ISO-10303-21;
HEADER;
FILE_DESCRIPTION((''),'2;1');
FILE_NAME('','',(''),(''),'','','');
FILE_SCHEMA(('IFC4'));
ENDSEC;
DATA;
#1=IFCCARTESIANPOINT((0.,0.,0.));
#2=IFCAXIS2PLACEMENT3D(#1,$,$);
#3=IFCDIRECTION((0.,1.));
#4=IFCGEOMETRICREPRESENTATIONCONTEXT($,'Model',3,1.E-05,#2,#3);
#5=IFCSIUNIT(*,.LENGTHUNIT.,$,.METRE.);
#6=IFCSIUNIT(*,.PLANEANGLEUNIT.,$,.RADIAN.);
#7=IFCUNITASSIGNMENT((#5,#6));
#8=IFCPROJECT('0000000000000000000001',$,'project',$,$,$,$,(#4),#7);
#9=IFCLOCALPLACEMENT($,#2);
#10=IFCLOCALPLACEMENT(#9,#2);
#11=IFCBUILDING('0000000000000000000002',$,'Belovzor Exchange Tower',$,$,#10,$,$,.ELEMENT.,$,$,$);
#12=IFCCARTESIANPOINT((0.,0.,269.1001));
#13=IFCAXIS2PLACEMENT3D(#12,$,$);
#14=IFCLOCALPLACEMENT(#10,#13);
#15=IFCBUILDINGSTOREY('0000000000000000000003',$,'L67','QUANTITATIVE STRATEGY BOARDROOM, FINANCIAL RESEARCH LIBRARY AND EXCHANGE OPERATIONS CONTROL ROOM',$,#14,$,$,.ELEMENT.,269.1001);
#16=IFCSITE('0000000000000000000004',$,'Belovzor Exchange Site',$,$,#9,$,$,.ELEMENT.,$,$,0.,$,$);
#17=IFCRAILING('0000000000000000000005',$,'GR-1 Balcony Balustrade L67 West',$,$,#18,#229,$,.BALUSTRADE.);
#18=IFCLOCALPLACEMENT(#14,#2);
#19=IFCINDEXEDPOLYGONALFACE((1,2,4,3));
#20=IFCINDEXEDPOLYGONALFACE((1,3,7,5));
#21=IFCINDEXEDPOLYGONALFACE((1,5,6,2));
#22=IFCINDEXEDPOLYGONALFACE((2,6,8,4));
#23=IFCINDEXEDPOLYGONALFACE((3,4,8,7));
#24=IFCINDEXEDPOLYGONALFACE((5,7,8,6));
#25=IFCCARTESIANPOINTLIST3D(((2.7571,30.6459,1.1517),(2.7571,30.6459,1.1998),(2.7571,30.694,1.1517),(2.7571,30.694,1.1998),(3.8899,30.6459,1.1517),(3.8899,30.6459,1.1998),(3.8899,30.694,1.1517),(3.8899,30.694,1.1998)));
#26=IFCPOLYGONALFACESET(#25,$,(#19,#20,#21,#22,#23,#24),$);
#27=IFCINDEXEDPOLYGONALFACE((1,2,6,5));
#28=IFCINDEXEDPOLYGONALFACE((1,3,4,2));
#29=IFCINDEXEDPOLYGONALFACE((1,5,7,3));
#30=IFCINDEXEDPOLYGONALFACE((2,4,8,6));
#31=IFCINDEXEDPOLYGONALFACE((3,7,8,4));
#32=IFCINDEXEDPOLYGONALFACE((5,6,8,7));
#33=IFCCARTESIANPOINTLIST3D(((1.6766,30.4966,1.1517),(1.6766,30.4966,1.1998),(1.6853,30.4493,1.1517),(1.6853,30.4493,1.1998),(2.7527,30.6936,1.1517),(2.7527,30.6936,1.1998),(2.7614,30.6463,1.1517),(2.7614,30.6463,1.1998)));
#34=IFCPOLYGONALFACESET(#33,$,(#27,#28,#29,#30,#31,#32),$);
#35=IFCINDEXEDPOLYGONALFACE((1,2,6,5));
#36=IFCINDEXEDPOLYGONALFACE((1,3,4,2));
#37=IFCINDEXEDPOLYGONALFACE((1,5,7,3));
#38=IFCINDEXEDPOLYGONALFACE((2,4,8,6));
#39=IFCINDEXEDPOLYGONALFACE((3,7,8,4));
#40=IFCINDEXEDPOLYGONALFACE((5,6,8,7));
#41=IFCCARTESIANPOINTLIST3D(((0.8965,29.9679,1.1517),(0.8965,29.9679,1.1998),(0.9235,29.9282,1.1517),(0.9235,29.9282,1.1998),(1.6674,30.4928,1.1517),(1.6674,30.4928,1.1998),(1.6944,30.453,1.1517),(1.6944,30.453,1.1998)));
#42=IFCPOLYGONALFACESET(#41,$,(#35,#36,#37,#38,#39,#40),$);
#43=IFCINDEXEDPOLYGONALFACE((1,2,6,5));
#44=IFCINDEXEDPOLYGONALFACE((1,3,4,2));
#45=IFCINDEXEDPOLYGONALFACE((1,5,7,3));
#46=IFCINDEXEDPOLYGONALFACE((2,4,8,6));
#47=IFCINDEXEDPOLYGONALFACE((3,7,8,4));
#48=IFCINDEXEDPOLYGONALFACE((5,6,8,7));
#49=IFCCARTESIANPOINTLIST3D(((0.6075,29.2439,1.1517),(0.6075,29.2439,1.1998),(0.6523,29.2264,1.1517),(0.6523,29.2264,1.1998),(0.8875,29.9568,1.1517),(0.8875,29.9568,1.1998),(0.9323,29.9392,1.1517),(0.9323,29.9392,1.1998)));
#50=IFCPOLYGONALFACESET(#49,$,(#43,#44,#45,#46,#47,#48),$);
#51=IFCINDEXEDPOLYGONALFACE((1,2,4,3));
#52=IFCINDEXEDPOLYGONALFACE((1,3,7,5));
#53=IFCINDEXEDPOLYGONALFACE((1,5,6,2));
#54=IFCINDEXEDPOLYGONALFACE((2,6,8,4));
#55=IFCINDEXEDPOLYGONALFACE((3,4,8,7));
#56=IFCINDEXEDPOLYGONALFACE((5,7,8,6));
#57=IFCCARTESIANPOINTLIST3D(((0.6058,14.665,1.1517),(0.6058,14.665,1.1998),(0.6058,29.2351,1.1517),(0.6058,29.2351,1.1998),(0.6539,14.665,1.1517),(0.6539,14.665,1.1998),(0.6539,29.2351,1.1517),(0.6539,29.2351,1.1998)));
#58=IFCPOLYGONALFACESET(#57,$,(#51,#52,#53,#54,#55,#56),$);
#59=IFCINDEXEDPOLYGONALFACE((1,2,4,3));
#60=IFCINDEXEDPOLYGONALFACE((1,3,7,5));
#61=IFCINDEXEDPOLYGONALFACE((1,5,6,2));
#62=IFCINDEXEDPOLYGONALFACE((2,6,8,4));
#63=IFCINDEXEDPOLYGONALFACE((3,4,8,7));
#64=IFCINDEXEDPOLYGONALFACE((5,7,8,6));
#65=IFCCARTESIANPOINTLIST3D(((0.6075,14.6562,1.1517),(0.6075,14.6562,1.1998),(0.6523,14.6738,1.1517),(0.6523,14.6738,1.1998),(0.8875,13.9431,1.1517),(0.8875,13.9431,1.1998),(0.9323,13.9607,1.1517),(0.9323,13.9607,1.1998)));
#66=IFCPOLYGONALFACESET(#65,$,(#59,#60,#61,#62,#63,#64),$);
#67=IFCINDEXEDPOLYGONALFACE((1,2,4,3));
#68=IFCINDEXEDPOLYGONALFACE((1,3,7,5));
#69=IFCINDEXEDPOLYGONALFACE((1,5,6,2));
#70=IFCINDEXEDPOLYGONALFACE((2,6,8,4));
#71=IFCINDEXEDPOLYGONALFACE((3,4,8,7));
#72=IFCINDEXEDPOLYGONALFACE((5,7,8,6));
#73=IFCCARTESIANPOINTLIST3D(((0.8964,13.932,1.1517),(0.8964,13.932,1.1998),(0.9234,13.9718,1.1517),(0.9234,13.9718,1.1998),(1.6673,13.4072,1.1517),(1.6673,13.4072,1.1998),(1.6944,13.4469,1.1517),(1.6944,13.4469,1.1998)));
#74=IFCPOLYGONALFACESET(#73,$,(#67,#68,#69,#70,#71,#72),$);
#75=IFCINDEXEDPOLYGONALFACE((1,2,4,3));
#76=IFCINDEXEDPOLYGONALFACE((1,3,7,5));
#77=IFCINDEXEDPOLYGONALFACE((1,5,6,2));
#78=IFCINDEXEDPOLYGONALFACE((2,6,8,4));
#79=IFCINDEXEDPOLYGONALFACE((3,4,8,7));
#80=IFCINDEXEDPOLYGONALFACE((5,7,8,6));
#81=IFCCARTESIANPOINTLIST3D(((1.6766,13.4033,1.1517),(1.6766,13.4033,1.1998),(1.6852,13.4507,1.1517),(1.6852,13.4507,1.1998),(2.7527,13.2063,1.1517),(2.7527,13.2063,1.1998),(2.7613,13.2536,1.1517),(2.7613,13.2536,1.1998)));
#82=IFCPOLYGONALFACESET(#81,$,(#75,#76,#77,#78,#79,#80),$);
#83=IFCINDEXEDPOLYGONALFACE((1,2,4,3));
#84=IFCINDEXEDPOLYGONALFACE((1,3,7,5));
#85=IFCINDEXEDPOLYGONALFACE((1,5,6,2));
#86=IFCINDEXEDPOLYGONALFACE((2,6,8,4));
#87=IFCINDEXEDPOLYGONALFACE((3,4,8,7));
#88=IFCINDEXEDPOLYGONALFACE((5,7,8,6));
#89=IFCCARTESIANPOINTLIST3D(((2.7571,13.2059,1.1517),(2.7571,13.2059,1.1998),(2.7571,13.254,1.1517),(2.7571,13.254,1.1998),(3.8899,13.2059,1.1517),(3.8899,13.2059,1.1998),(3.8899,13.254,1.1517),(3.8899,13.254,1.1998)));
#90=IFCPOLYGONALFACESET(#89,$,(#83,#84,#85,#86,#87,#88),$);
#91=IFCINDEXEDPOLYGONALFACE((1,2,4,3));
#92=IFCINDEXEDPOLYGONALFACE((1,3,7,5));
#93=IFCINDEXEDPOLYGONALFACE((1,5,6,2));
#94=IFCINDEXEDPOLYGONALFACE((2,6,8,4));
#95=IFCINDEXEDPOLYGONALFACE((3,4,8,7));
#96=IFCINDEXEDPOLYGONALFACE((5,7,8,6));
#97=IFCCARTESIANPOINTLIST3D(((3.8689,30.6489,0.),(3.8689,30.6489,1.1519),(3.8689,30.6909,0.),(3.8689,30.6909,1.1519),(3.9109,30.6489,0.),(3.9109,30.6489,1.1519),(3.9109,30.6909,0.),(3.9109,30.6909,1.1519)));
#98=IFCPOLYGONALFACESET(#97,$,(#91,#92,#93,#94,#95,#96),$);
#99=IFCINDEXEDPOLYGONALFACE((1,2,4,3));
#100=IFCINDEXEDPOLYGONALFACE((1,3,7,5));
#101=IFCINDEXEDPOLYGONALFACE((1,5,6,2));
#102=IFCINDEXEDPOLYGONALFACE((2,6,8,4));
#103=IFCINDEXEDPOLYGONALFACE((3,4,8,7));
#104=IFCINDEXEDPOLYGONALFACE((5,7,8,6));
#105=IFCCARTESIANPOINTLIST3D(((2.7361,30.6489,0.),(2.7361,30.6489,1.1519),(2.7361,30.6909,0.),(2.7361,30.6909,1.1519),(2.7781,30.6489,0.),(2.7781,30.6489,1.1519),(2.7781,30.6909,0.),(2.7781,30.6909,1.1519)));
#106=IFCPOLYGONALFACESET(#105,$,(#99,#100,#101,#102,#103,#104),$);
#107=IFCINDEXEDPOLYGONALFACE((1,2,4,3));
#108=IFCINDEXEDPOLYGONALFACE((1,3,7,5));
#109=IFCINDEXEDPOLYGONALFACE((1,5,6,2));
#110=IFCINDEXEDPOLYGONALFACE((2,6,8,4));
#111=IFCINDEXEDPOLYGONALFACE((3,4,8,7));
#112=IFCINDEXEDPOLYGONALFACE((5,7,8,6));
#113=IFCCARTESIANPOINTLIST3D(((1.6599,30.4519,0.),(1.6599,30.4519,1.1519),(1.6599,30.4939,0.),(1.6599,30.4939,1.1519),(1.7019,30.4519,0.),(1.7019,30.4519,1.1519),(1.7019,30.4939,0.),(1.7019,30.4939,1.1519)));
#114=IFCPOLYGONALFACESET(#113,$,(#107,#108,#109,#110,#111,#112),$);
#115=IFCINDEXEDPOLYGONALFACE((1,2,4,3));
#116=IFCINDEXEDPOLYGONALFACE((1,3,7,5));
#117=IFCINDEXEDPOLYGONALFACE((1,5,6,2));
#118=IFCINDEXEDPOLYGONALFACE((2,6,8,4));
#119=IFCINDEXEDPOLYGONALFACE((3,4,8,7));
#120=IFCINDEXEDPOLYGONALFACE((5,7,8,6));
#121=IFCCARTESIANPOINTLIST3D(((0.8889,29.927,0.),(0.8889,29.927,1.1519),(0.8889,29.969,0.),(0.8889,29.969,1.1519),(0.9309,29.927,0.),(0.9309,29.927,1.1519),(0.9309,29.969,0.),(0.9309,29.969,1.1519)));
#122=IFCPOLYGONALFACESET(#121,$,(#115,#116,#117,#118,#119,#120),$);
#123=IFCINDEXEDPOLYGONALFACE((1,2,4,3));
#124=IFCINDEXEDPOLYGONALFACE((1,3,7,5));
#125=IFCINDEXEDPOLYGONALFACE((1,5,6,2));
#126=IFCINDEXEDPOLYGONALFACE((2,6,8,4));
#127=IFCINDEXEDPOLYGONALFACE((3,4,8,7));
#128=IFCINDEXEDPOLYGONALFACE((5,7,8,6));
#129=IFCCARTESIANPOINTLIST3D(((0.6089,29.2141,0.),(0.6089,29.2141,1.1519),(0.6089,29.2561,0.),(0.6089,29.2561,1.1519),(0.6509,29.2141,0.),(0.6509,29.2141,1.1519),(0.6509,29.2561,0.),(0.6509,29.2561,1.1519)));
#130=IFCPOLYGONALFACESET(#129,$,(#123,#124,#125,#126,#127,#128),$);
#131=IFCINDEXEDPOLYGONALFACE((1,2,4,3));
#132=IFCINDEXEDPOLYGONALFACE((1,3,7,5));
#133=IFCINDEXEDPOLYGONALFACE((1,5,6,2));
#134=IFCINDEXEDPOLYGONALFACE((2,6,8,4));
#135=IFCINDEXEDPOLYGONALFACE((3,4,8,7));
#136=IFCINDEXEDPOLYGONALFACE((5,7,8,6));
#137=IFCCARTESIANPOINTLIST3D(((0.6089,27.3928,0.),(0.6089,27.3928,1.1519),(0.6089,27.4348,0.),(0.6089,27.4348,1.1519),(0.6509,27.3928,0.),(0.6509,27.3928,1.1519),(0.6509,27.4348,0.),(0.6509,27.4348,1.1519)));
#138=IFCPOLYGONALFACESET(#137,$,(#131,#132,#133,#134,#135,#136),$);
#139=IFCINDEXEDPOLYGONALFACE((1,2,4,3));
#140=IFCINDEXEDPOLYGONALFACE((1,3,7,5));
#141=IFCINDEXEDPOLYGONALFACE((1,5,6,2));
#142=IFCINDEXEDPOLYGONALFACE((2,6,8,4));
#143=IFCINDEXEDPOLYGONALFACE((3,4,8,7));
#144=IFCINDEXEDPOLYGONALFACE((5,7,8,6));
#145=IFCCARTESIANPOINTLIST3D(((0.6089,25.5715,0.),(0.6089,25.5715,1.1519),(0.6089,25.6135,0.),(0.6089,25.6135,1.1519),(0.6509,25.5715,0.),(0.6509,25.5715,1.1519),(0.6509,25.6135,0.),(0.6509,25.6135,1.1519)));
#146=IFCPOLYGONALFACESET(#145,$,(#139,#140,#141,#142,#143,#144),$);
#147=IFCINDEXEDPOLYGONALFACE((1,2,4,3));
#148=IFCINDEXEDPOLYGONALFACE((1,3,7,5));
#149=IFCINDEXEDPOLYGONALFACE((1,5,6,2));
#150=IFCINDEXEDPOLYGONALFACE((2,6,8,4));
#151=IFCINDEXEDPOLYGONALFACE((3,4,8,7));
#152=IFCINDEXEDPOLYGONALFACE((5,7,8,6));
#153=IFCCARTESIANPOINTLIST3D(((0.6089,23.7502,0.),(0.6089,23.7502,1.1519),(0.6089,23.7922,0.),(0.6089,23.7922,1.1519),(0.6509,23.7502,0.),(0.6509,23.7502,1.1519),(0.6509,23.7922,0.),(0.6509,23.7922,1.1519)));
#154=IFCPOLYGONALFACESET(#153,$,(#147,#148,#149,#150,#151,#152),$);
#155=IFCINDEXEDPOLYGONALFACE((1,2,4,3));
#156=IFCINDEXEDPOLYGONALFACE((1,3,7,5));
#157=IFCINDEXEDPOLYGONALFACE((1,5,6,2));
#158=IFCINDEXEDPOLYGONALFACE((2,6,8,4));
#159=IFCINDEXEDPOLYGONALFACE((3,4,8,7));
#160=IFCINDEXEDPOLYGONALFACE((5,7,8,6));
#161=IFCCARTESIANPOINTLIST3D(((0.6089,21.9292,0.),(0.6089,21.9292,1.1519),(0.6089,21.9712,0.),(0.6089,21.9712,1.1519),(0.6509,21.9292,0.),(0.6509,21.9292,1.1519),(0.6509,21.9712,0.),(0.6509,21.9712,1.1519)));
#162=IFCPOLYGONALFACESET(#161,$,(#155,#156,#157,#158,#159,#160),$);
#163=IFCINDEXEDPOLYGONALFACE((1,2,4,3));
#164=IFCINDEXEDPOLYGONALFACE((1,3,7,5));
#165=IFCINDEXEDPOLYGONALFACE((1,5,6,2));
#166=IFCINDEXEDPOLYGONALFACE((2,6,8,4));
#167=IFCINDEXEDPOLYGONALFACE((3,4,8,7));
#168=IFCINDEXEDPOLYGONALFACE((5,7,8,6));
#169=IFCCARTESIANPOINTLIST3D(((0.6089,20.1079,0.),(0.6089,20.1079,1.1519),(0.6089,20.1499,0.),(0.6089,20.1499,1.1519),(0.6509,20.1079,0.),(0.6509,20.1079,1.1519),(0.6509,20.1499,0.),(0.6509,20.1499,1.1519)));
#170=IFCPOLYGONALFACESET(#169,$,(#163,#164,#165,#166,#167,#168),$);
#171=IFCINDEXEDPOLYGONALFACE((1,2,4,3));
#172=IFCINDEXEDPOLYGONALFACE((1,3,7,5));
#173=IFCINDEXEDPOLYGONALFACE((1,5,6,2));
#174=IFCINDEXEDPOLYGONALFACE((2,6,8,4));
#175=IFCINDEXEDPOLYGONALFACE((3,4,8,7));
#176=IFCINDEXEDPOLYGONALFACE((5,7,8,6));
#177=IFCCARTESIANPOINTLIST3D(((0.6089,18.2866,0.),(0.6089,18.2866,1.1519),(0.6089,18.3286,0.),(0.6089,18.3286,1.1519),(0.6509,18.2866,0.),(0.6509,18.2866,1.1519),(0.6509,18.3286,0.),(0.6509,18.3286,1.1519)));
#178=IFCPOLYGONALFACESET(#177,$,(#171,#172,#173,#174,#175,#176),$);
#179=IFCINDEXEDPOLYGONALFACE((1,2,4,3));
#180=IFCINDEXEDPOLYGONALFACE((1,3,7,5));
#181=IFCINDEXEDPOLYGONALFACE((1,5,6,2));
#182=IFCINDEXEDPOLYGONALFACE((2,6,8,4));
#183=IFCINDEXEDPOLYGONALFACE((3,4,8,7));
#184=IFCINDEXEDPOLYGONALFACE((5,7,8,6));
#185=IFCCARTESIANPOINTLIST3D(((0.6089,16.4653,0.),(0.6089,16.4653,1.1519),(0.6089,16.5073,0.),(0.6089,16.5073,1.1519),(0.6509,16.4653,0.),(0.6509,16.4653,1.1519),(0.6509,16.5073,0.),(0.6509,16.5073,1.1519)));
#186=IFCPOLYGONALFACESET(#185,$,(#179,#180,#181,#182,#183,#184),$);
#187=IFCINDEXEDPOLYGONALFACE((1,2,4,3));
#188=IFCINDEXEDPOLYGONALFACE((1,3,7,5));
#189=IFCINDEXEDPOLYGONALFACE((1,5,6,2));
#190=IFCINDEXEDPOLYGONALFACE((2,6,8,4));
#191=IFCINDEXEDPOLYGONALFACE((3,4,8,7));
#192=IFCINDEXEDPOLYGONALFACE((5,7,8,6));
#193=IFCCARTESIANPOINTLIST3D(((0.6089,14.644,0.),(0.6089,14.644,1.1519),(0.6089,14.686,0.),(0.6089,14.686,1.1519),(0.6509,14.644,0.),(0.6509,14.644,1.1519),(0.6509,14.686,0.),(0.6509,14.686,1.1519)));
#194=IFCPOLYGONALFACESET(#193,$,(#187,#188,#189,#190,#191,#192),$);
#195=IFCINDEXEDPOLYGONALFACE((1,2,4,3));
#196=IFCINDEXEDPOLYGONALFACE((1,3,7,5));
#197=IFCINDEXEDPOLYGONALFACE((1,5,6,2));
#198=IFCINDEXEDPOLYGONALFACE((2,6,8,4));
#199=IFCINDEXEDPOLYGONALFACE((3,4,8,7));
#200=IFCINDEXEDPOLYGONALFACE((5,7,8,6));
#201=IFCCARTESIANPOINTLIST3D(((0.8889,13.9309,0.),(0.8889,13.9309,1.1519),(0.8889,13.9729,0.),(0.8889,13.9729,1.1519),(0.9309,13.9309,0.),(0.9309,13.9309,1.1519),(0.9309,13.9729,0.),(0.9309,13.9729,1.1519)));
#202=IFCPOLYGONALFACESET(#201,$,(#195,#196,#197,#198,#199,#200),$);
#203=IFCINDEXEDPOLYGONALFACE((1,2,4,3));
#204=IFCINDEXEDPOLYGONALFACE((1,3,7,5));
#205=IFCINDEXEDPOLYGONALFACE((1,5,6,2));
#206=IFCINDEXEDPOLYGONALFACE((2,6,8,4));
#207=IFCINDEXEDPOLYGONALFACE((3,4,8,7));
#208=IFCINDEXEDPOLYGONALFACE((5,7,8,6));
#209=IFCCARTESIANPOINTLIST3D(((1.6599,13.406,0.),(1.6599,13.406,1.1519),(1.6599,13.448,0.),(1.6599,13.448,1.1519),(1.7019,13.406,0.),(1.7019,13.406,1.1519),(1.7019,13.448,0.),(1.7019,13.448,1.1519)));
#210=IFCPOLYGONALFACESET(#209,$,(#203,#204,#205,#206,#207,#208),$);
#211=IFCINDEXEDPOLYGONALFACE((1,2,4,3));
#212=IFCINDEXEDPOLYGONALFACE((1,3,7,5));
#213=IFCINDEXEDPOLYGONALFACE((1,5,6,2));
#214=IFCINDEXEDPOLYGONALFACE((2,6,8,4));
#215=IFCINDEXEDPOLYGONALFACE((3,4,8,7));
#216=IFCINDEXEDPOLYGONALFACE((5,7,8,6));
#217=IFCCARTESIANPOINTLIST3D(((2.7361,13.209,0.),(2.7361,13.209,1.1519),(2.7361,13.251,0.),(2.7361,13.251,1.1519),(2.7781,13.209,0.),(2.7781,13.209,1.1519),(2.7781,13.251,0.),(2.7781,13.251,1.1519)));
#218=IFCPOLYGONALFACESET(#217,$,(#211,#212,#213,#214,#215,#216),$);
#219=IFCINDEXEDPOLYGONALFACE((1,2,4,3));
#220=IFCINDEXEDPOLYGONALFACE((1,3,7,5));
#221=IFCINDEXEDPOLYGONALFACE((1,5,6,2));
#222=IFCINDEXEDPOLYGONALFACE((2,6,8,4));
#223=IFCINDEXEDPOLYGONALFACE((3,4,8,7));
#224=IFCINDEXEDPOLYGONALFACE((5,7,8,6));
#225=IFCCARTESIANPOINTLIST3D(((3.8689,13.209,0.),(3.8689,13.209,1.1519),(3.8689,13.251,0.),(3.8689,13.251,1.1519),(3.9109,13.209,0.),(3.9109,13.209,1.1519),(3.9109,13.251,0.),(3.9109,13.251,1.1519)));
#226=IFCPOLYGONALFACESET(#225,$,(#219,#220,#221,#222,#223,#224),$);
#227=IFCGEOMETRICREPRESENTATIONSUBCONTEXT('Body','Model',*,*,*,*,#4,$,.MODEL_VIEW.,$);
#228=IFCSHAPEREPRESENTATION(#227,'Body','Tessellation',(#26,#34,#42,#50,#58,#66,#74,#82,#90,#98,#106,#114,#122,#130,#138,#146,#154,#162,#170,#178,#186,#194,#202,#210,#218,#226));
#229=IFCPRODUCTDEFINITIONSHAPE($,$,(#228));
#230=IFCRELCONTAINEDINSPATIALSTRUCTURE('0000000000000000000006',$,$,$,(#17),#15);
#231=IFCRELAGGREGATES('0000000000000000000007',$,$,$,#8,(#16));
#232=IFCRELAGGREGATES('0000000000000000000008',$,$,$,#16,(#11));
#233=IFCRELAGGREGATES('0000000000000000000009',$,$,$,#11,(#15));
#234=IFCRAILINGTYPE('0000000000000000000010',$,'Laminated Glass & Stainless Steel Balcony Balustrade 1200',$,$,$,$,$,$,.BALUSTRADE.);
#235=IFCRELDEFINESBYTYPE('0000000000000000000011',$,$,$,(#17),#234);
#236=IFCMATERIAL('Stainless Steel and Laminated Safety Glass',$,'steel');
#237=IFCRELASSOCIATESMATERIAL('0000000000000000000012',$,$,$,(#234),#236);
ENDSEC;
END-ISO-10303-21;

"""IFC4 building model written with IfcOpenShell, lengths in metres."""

from ifc_helpers import new_model, si_unit, direction, frame, origin, origin_2d, place, context, subcontext, project, spatial, rectangle, extrude, material, type_object, element, save


model = new_model("IFC4")

# Units and contexts
model_context = context("Model", 3, precision=1e-05, world=origin(), true_north=direction((0.0, 1.0)))
body_context = subcontext(model_context, "Body", "Model", "MODEL_VIEW")
ifc_project = project(units=[si_unit("LENGTHUNIT", "METRE"), si_unit("PLANEANGLEUNIT", "RADIAN")], contexts=[model_context])

# Site, building, storey
site_placement = place(None, origin())
site = spatial("IfcSite", under=ifc_project, at=site_placement, Name="Belovzor Exchange Site", CompositionType="ELEMENT", RefElevation=0.0)
building_placement = place(site_placement, origin())
building = spatial("IfcBuilding", under=site, at=building_placement, Name="Belovzor Exchange Tower", CompositionType="ELEMENT")
storey_placement = place(building_placement, frame((0.0, 0.0, 269.1001)))
storey = spatial("IfcBuildingStorey", under=building, at=storey_placement, Name="L67", Description="QUANTITATIVE STRATEGY BOARDROOM, FINANCIAL RESEARCH LIBRARY AND EXCHANGE OPERATIONS CONTROL ROOM", CompositionType="ELEMENT", Elevation=269.1001)

# Railing
ifc_material_1 = material(Name="Stainless Steel and Laminated Safety Glass", Category="steel")
railing_type = type_object("IfcRailingType", Name="Laminated Glass & Stainless Steel Balcony Balustrade 1200", PredefinedType="BALUSTRADE", material=ifc_material_1)
railing_placement = place(storey_placement, frame((3.8899, 30.6699, 0.0)))
element("IfcRailing", 1, at=railing_placement, inside=storey, type_object=railing_type, Name="GR-1 Balcony Balustrade L67 West", PredefinedType="BALUSTRADE", context=body_context, shape_type="SweptSolid", body=[
    extrude(rectangle(XDim=0.0481, YDim=0.0481, at=origin_2d()), frame((0.0, 0.0, 1.1758), z_axis=(-1.0, 0.0, 0.0), x_axis=(0.0, -1.0, 0.0)), (0.0, 0.0, 1.0), 1.1328),
    extrude(rectangle(XDim=0.0481, YDim=0.0481, at=origin_2d()), frame((-1.1328, 0.0, 1.1758), z_axis=(-0.983651, -0.180083, 0.0), x_axis=(0.180083, -0.983651, 0.0)), (0.0, 0.0, 1.0), 1.094),
    extrude(rectangle(XDim=0.0481, YDim=0.0481, at=origin_2d()), frame((-2.209, -0.197, 1.1758), z_axis=(-0.826615, -0.562768, 0.0), x_axis=(0.562768, -0.826615, 0.0)), (0.0, 0.0, 1.0), 0.9326),
    extrude(rectangle(XDim=0.0481, YDim=0.0481, at=origin_2d()), frame((-2.98, -0.7219, 1.1758), z_axis=(-0.365613, -0.930767, 0.0), x_axis=(0.930767, -0.365613, 0.0)), (0.0, 0.0, 1.0), 0.7659),
    extrude(rectangle(XDim=0.0481, YDim=0.0481, at=origin_2d()), frame((-3.26, -1.4348, 1.1758), z_axis=(0.0, -1.0, 0.0), x_axis=(1.0, 0.0, 0.0)), (0.0, 0.0, 1.0), 14.5701),
    extrude(rectangle(XDim=0.0481, YDim=0.0481, at=origin_2d()), frame((-3.26, -16.0049, 1.1758), z_axis=(0.365504, -0.93081, 0.0), x_axis=(0.93081, 0.365504, 0.0)), (0.0, 0.0, 1.0), 0.7661),
    extrude(rectangle(XDim=0.0481, YDim=0.0481, at=origin_2d()), frame((-2.98, -16.718, 1.1758), z_axis=(0.826615, -0.562768, 0.0), x_axis=(0.562768, 0.826615, 0.0)), (0.0, 0.0, 1.0), 0.9326),
    extrude(rectangle(XDim=0.0481, YDim=0.0481, at=origin_2d()), frame((-2.209, -17.2429, 1.1758), z_axis=(0.983651, -0.180083, 0.0), x_axis=(0.180083, 0.983651, 0.0)), (0.0, 0.0, 1.0), 1.094),
    extrude(rectangle(XDim=0.0481, YDim=0.0481, at=origin_2d()), frame((-1.1328, -17.4399, 1.1758), z_axis=(1.0, 0.0, 0.0), x_axis=(0.0, 1.0, 0.0)), (0.0, 0.0, 1.0), 1.1328),
    extrude(rectangle(XDim=0.042, YDim=0.042, at=origin_2d()), origin(), (0.0, 0.0, 1.0), 1.1519),
    extrude(rectangle(XDim=0.042, YDim=0.042, at=origin_2d()), frame((-1.1328, 0.0, 0.0)), (0.0, 0.0, 1.0), 1.1519),
    extrude(rectangle(XDim=0.042, YDim=0.042, at=origin_2d()), frame((-2.209, -0.197, 0.0)), (0.0, 0.0, 1.0), 1.1519),
    extrude(rectangle(XDim=0.042, YDim=0.042, at=origin_2d()), frame((-2.98, -0.7219, 0.0)), (0.0, 0.0, 1.0), 1.1519),
    extrude(rectangle(XDim=0.042, YDim=0.042, at=origin_2d()), frame((-3.26, -1.4348, 0.0)), (0.0, 0.0, 1.0), 1.1519),
    extrude(rectangle(XDim=0.042, YDim=0.042, at=origin_2d()), frame((-3.26, -3.2561, 0.0)), (0.0, 0.0, 1.0), 1.1519),
    extrude(rectangle(XDim=0.042, YDim=0.042, at=origin_2d()), frame((-3.26, -5.0774, 0.0)), (0.0, 0.0, 1.0), 1.1519),
    extrude(rectangle(XDim=0.042, YDim=0.042, at=origin_2d()), frame((-3.26, -6.8987, 0.0)), (0.0, 0.0, 1.0), 1.1519),
    extrude(rectangle(XDim=0.042, YDim=0.042, at=origin_2d()), frame((-3.26, -8.7197, 0.0)), (0.0, 0.0, 1.0), 1.1519),
    extrude(rectangle(XDim=0.042, YDim=0.042, at=origin_2d()), frame((-3.26, -10.541, 0.0)), (0.0, 0.0, 1.0), 1.1519),
    extrude(rectangle(XDim=0.042, YDim=0.042, at=origin_2d()), frame((-3.26, -12.3623, 0.0)), (0.0, 0.0, 1.0), 1.1519),
    extrude(rectangle(XDim=0.042, YDim=0.042, at=origin_2d()), frame((-3.26, -14.1836, 0.0)), (0.0, 0.0, 1.0), 1.1519),
    extrude(rectangle(XDim=0.042, YDim=0.042, at=origin_2d()), frame((-3.26, -16.0049, 0.0)), (0.0, 0.0, 1.0), 1.1519),
    extrude(rectangle(XDim=0.042, YDim=0.042, at=origin_2d()), frame((-2.98, -16.718, 0.0)), (0.0, 0.0, 1.0), 1.1519),
    extrude(rectangle(XDim=0.042, YDim=0.042, at=origin_2d()), frame((-2.209, -17.2429, 0.0)), (0.0, 0.0, 1.0), 1.1519),
    extrude(rectangle(XDim=0.042, YDim=0.042, at=origin_2d()), frame((-1.1328, -17.4399, 0.0)), (0.0, 0.0, 1.0), 1.1519),
    extrude(rectangle(XDim=0.042, YDim=0.042, at=origin_2d()), frame((0.0, -17.4399, 0.0)), (0.0, 0.0, 1.0), 1.1519),
])

save(model, "model.ifc")
